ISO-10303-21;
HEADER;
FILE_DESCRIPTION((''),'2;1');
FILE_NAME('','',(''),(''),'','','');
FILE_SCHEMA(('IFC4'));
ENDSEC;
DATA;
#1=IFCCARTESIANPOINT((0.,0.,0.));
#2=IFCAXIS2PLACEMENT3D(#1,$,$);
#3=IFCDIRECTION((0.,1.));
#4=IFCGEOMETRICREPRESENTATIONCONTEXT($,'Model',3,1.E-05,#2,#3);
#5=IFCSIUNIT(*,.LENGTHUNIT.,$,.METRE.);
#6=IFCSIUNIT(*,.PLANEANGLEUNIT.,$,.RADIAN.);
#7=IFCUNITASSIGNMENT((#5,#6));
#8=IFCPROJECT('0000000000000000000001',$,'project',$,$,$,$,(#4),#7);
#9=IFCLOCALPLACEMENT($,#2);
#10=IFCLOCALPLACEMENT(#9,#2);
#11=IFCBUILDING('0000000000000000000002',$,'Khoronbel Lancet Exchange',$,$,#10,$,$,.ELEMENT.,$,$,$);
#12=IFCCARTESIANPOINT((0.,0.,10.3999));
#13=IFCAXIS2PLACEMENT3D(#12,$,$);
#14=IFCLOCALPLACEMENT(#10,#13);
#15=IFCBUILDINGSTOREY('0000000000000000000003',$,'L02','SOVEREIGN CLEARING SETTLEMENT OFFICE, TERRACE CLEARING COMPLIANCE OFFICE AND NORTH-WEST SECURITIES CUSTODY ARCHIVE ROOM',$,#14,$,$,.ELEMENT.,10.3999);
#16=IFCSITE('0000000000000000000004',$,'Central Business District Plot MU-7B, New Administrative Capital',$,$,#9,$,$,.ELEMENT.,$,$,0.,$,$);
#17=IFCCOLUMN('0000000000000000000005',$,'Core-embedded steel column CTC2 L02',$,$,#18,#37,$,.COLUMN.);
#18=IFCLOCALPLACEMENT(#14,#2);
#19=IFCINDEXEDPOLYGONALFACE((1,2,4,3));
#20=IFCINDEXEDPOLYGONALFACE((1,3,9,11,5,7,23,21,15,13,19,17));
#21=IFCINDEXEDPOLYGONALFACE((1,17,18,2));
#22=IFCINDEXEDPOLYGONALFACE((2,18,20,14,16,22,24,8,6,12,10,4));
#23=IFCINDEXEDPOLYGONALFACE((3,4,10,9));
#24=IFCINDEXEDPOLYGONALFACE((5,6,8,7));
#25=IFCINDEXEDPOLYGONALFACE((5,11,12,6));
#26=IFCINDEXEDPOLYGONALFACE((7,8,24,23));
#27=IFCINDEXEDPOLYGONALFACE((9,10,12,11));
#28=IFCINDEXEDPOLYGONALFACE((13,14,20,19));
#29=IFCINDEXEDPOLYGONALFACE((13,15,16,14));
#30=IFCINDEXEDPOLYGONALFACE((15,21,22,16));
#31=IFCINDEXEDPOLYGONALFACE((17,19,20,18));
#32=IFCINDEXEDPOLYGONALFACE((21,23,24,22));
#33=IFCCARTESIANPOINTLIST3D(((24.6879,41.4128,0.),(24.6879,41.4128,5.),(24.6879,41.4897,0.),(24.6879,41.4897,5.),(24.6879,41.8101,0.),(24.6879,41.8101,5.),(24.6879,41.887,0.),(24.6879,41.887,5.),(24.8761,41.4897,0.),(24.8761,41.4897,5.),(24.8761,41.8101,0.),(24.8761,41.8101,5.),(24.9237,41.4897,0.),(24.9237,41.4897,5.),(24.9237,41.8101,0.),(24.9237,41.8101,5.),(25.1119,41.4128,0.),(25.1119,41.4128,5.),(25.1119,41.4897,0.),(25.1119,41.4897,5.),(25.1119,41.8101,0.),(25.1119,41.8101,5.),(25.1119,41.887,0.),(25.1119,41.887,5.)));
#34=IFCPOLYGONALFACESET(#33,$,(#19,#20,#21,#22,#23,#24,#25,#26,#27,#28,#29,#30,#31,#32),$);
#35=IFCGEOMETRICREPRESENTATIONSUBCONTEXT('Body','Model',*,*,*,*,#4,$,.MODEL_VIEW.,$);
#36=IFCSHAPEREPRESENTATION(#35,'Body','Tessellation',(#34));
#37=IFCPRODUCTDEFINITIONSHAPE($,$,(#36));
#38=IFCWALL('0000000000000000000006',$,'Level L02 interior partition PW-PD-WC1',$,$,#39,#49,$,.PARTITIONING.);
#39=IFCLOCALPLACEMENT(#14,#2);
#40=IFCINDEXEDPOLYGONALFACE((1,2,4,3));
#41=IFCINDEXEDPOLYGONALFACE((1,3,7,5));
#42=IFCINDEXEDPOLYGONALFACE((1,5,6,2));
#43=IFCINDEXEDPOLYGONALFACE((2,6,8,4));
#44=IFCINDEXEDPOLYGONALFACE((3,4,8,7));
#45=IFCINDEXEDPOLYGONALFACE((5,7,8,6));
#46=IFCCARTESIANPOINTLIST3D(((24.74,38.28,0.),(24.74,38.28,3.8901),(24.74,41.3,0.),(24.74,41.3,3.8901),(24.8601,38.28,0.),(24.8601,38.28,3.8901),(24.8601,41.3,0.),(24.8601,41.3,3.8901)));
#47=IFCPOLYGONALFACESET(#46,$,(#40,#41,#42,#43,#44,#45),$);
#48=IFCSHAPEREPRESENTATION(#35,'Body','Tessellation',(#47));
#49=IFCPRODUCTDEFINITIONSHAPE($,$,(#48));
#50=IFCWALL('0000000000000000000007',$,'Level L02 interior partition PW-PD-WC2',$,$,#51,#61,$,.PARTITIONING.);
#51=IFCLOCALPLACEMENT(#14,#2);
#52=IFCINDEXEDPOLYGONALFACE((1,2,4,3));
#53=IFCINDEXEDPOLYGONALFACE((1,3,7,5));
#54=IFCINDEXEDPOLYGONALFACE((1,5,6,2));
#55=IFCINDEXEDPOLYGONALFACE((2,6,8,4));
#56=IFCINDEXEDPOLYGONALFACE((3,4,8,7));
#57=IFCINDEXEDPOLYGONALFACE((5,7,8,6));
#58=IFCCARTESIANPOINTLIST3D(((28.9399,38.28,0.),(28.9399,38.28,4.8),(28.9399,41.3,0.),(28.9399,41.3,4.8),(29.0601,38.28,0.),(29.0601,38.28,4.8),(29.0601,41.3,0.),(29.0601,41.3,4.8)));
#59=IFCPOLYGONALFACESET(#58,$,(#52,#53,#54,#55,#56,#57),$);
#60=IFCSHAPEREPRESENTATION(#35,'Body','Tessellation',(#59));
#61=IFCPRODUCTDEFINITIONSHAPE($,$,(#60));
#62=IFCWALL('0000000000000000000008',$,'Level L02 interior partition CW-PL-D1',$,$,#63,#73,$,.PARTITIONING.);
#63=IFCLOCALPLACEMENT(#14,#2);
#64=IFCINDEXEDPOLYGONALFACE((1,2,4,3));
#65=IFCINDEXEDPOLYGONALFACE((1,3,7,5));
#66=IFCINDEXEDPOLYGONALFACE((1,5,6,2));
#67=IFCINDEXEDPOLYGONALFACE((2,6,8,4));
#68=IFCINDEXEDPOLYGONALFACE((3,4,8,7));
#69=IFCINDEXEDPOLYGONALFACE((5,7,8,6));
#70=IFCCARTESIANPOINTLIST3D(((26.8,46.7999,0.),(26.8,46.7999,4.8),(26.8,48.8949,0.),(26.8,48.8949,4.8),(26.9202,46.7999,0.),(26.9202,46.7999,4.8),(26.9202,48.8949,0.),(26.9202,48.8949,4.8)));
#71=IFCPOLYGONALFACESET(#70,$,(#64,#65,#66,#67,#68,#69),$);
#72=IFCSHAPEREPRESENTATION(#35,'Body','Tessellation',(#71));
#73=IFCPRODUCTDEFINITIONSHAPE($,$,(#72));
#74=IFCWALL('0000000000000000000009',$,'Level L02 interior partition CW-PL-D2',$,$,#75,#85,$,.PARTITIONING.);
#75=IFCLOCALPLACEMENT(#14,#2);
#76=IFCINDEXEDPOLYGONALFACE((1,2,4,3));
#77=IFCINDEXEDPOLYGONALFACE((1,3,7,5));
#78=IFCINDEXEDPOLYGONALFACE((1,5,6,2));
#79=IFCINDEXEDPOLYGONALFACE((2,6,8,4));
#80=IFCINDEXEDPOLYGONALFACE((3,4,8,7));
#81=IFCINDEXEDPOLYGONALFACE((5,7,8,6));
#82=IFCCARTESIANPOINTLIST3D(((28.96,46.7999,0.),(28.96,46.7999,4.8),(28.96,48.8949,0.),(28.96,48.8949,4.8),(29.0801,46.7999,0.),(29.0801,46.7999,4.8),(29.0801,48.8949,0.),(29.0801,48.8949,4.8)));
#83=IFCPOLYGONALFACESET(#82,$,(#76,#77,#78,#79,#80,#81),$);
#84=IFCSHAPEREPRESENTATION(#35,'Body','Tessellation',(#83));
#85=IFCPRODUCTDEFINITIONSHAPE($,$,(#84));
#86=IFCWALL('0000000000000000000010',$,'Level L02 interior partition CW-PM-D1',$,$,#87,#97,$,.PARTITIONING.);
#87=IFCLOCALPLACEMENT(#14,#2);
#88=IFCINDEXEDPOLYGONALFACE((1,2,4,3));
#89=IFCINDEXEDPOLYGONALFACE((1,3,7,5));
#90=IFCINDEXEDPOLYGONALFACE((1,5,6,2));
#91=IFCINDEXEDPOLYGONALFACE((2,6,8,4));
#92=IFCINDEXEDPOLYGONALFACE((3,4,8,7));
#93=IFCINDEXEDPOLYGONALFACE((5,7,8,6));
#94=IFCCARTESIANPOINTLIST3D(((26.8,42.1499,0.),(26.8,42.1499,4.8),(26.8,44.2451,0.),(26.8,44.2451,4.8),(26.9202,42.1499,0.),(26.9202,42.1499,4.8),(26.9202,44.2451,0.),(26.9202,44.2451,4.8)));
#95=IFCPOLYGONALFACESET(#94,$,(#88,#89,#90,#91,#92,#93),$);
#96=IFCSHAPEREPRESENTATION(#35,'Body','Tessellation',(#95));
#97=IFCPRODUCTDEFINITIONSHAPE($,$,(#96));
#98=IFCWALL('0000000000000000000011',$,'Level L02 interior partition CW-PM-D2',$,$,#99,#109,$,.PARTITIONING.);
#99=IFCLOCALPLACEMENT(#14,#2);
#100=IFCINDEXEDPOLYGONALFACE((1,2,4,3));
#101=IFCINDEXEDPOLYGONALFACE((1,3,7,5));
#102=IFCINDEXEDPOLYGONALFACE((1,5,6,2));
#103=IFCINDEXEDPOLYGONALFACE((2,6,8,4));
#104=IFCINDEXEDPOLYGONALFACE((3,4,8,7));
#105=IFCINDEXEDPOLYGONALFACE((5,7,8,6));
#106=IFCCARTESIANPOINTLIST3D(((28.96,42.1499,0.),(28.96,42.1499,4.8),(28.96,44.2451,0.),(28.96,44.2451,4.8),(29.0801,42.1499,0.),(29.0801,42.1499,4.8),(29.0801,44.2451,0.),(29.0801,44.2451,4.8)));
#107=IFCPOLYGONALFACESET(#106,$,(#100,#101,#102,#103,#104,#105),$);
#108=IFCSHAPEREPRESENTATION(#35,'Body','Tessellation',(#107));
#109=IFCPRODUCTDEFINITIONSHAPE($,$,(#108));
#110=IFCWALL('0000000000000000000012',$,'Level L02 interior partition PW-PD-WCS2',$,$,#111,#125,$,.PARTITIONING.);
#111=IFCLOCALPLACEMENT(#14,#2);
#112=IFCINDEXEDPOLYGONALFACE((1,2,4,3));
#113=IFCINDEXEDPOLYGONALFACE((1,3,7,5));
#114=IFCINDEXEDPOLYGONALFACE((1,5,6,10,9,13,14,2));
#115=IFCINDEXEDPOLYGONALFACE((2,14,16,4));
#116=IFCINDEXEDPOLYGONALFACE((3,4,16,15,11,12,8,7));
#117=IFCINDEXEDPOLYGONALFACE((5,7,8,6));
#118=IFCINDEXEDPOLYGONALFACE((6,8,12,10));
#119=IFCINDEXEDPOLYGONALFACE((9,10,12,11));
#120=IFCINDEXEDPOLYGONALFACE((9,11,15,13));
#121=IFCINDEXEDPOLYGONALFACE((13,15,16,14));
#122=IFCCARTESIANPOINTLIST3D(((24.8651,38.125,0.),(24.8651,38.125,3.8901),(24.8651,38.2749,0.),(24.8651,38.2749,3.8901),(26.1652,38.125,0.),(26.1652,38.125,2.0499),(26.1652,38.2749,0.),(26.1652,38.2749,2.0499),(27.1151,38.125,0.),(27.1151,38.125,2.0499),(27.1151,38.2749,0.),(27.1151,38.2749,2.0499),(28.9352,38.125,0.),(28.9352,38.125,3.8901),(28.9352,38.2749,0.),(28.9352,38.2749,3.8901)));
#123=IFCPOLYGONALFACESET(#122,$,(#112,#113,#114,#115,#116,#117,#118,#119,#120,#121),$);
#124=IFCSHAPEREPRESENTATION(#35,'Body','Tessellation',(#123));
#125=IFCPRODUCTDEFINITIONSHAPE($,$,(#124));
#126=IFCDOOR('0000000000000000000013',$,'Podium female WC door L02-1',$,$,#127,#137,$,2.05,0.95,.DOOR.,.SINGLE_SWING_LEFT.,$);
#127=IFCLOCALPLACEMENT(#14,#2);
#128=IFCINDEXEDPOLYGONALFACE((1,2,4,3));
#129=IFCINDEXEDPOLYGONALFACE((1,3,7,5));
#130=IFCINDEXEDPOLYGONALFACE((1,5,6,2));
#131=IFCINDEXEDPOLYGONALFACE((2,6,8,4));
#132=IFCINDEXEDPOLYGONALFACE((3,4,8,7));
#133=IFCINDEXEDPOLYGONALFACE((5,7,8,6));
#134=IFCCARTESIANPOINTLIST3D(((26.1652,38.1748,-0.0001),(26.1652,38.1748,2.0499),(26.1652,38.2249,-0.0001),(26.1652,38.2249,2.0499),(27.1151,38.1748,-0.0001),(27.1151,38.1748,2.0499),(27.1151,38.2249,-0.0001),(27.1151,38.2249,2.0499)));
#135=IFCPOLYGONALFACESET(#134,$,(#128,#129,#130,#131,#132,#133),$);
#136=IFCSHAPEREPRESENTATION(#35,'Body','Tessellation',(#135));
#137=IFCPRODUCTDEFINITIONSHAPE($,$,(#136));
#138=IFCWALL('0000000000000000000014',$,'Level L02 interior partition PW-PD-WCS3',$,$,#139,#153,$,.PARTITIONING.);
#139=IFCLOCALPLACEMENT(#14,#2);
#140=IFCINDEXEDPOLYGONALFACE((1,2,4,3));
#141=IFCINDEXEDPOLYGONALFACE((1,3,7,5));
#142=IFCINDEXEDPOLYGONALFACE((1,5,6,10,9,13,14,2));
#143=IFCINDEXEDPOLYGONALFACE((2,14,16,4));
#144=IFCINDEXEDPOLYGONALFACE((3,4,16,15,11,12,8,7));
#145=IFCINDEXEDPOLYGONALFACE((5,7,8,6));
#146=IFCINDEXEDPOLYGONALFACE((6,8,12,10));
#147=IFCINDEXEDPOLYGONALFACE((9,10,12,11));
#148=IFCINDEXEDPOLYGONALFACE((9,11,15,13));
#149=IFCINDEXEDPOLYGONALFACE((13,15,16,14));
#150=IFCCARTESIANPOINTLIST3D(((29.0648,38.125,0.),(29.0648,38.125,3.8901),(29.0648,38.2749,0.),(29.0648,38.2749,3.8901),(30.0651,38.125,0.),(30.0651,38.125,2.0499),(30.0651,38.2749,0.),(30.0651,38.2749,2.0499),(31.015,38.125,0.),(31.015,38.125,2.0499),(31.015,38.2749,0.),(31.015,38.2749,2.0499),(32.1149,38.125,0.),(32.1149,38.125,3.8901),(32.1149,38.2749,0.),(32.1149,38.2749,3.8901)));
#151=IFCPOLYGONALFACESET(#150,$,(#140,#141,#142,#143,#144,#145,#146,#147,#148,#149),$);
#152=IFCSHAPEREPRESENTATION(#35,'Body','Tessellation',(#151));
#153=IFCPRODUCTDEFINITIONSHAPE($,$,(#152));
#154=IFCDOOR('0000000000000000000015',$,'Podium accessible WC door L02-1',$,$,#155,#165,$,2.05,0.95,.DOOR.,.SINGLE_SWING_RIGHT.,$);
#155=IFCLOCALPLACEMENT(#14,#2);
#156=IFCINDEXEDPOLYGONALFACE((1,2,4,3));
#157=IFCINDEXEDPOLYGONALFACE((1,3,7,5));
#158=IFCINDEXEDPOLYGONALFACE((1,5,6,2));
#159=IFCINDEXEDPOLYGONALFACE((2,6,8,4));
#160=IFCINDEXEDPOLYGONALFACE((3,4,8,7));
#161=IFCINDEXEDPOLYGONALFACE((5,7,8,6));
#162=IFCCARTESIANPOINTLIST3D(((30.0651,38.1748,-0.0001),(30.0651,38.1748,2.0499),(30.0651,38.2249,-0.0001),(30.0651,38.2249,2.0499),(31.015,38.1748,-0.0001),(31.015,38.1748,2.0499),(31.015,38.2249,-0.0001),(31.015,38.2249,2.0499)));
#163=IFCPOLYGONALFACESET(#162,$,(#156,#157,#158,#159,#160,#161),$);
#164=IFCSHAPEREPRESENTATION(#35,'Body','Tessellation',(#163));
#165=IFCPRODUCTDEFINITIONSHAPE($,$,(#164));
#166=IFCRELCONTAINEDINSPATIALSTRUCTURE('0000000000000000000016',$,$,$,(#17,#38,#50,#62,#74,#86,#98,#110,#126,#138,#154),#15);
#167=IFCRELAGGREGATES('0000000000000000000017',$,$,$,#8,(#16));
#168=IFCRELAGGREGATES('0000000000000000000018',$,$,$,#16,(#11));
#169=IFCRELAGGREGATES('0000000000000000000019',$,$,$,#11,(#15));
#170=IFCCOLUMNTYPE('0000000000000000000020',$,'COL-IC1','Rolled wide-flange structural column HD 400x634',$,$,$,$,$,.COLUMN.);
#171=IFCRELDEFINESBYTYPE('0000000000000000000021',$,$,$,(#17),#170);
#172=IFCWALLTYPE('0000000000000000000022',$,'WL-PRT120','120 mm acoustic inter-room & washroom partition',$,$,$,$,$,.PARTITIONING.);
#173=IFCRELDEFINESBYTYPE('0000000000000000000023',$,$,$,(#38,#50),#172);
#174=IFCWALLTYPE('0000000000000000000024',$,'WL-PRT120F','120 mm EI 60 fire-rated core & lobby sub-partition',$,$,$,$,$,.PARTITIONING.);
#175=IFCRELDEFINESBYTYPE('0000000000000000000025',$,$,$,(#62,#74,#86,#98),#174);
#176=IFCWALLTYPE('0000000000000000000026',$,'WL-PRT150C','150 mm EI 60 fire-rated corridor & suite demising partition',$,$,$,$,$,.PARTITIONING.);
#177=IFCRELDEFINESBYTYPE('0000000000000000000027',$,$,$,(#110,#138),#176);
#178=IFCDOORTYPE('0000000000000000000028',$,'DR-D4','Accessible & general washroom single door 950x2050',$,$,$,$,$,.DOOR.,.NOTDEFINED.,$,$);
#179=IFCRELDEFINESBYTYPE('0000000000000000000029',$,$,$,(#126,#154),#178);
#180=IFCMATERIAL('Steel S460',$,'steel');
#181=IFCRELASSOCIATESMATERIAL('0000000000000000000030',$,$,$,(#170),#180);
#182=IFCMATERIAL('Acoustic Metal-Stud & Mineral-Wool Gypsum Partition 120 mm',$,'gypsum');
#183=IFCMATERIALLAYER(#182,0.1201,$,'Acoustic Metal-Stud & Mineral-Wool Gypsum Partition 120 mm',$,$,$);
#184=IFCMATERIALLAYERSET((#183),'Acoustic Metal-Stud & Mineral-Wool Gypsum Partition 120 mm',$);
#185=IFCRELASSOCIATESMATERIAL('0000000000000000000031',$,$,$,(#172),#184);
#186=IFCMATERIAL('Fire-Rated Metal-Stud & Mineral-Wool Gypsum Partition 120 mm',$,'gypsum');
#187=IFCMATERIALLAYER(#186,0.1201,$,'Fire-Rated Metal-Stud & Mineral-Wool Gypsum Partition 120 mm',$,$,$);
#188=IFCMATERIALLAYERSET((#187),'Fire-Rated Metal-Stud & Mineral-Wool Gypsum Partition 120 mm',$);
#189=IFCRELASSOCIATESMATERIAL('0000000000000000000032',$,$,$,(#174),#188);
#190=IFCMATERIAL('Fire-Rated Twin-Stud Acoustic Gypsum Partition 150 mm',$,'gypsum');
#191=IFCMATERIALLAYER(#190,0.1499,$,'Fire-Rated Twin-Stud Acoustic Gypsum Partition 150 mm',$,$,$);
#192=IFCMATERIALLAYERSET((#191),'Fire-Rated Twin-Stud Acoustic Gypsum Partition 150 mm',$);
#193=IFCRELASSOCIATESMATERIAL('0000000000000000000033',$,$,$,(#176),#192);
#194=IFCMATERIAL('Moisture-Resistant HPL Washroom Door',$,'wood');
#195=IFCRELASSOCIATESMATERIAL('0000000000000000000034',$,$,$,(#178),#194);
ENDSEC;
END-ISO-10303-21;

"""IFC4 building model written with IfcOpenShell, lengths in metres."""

from ifc_helpers import new_model, si_unit, direction, frame, frame_2d, origin, origin_2d, place, context, subcontext, project, spatial, rectangle, i_section, extrude, material, layer, layer_set, material_profile, profile_set, type_object, element, fill, save


model = new_model("IFC4")

# Units and contexts
model_context = context("Model", 3, precision=1e-05, world=origin(), true_north=direction((0.0, 1.0)))
body_context = subcontext(model_context, "Body", "Model", "MODEL_VIEW")
ifc_project = project(units=[si_unit("LENGTHUNIT", "METRE"), si_unit("PLANEANGLEUNIT", "RADIAN")], contexts=[model_context])

# Site, building, storey
site_placement = place(None, origin())
site = spatial("IfcSite", under=ifc_project, at=site_placement, Name="Central Business District Plot MU-7B, New Administrative Capital", CompositionType="ELEMENT", RefElevation=0.0)
building_placement = place(site_placement, origin())
building = spatial("IfcBuilding", under=site, at=building_placement, Name="Khoronbel Lancet Exchange", CompositionType="ELEMENT")
storey_placement = place(building_placement, frame((0.0, 0.0, 10.3999)))
storey = spatial("IfcBuildingStorey", under=building, at=storey_placement, Name="L02", Description="SOVEREIGN CLEARING SETTLEMENT OFFICE, TERRACE CLEARING COMPLIANCE OFFICE AND NORTH-WEST SECURITIES CUSTODY ARCHIVE ROOM", CompositionType="ELEMENT", Elevation=10.3999)

# Column
ifc_material_1 = material(Name="Steel S460", Category="steel")
ifc_material_profile = material_profile(ifc_material_1, i_section(OverallWidth=0.4241, OverallDepth=0.4741, WebThickness=0.0476, FlangeThickness=0.0769, at=origin_2d()), Name="HD 400x634")
ifc_profile_set = profile_set([ifc_material_profile], Name="Steel S460")
column_type = type_object("IfcColumnType", Name="COL-IC1", Description="Rolled wide-flange structural column HD 400x634", PredefinedType="COLUMN", material=ifc_profile_set)
column_placement = place(storey_placement, frame((24.8999, 41.6499, 0.0), z_axis=(0.0, 0.0, 1.0), x_axis=(1.0, 0.0, 0.0)))
element("IfcColumn", 1, at=column_placement, inside=storey, type_object=column_type, Name="Core-embedded steel column CTC2 L02", PredefinedType="COLUMN", context=body_context, shape_type="SweptSolid", body=[
    extrude(i_section(OverallWidth=0.4241, OverallDepth=0.4741, WebThickness=0.0476, FlangeThickness=0.0769, at=origin_2d()), origin(), (0.0, 0.0, 1.0), 5.0),
])

# Walls
ifc_material_2 = material(Name="Acoustic Metal-Stud & Mineral-Wool Gypsum Partition 120 mm", Category="gypsum")
ifc_layer_1 = layer(ifc_material_2, 0.1201, Name="Acoustic Metal-Stud & Mineral-Wool Gypsum Partition 120 mm")
ifc_layer_set_1 = layer_set([ifc_layer_1], Name="Acoustic Metal-Stud & Mineral-Wool Gypsum Partition 120 mm")
wall_type_1 = type_object("IfcWallType", Name="WL-PRT120", Description="120 mm acoustic inter-room & washroom partition", PredefinedType="PARTITIONING", material=ifc_layer_set_1)
wall_1_placement = place(storey_placement, frame((24.8, 38.28, 0.0), z_axis=(0.0, 0.0, 1.0), x_axis=(0.0, 1.0, 0.0)))
element("IfcWall", 2, at=wall_1_placement, inside=storey, type_object=wall_type_1, Name="Level L02 interior partition PW-PD-WC1", PredefinedType="PARTITIONING", context=body_context, shape_type="SweptSolid", body=[
    extrude(rectangle(XDim=3.02, YDim=0.1201, at=frame_2d((1.51, 0.0))), origin(), (0.0, 0.0, 1.0), 3.8901),
])
wall_2_placement = place(storey_placement, frame((29.0, 38.28, 0.0), z_axis=(0.0, 0.0, 1.0), x_axis=(0.0, 1.0, 0.0)))
element("IfcWall", 3, at=wall_2_placement, inside=storey, type_object=wall_type_1, Name="Level L02 interior partition PW-PD-WC2", PredefinedType="PARTITIONING", context=body_context, shape_type="SweptSolid", body=[
    extrude(rectangle(XDim=3.02, YDim=0.1201, at=frame_2d((1.51, 0.0))), origin(), (0.0, 0.0, 1.0), 4.8),
])
ifc_material_3 = material(Name="Fire-Rated Metal-Stud & Mineral-Wool Gypsum Partition 120 mm", Category="gypsum")
ifc_layer_2 = layer(ifc_material_3, 0.1201, Name="Fire-Rated Metal-Stud & Mineral-Wool Gypsum Partition 120 mm")
ifc_layer_set_2 = layer_set([ifc_layer_2], Name="Fire-Rated Metal-Stud & Mineral-Wool Gypsum Partition 120 mm")
wall_type_2 = type_object("IfcWallType", Name="WL-PRT120F", Description="120 mm EI 60 fire-rated core & lobby sub-partition", PredefinedType="PARTITIONING", material=ifc_layer_set_2)
for number, where, z_axis, x_axis, name in (
    (4, (26.8601, 46.8, 0.0), (0.0, 0.0, 1.0), (0.0, 1.0, 0.0), "Level L02 interior partition CW-PL-D1"),
    (5, (29.02, 46.8, 0.0), (0.0, 0.0, 1.0), (0.0, 1.0, 0.0), "Level L02 interior partition CW-PL-D2"),
):
    element("IfcWall", number, at=place(storey_placement, frame(where, z_axis=z_axis, x_axis=x_axis)), inside=storey, type_object=wall_type_2, Name=name, PredefinedType="PARTITIONING", context=body_context, shape_type="SweptSolid", body=[
        extrude(rectangle(XDim=2.095, YDim=0.1201, at=frame_2d((1.0474, 0.0))), origin(), (0.0, 0.0, 1.0), 4.8),
    ])
for number, where, z_axis, x_axis, name in (
    (6, (26.8601, 42.1499, 0.0), (0.0, 0.0, 1.0), (0.0, 1.0, 0.0), "Level L02 interior partition CW-PM-D1"),
    (7, (29.02, 42.1499, 0.0), (0.0, 0.0, 1.0), (0.0, 1.0, 0.0), "Level L02 interior partition CW-PM-D2"),
):
    element("IfcWall", number, at=place(storey_placement, frame(where, z_axis=z_axis, x_axis=x_axis)), inside=storey, type_object=wall_type_2, Name=name, PredefinedType="PARTITIONING", context=body_context, shape_type="SweptSolid", body=[
        extrude(rectangle(XDim=2.0952, YDim=0.1201, at=frame_2d((1.0476, 0.0))), origin(), (0.0, 0.0, 1.0), 4.8),
    ])

# Walls, openings, doors
ifc_material_4 = material(Name="Fire-Rated Twin-Stud Acoustic Gypsum Partition 150 mm", Category="gypsum")
ifc_layer_3 = layer(ifc_material_4, 0.1499, Name="Fire-Rated Twin-Stud Acoustic Gypsum Partition 150 mm")
ifc_layer_set_3 = layer_set([ifc_layer_3], Name="Fire-Rated Twin-Stud Acoustic Gypsum Partition 150 mm")
wall_type_3 = type_object("IfcWallType", Name="WL-PRT150C", Description="150 mm EI 60 fire-rated corridor & suite demising partition", PredefinedType="PARTITIONING", material=ifc_layer_set_3)
wall_3_placement = place(storey_placement, frame((24.865, 38.2, 0.0), z_axis=(0.0, 0.0, 1.0), x_axis=(1.0, 0.0, 0.0)))
wall_3 = element("IfcWall", 8, at=wall_3_placement, inside=storey, type_object=wall_type_3, Name="Level L02 interior partition PW-PD-WCS2", PredefinedType="PARTITIONING", context=body_context, shape_type="SweptSolid", body=[
    extrude(rectangle(XDim=4.0701, YDim=0.1499, at=frame_2d((2.0352, 0.0))), origin(), (0.0, 0.0, 1.0), 3.8901),
])
opening_1_placement = place(wall_3_placement, frame((1.3, 0.0, 0.0)))
opening_1 = element("IfcOpeningElement", 9, at=opening_1_placement, cuts=wall_3, PredefinedType="OPENING", context=body_context, shape_type="SweptSolid", body=[
    extrude(rectangle(XDim=0.95, YDim=2.05, at=frame_2d((0.4751, 1.0249))), frame((0.0, 0.085, 0.0), z_axis=(0.0, -1.0, 0.0), x_axis=(1.0, 0.0, 0.0)), (0.0, 0.0, 1.0), 0.1699),
])
ifc_material_5 = material(Name="Moisture-Resistant HPL Washroom Door", Category="wood")
door_type_1 = type_object("IfcDoorType", Name="DR-D4", Description="Accessible & general washroom single door 950x2050", OperationType="NOTDEFINED", PredefinedType="DOOR", material=ifc_material_5)
door_1_placement = place(opening_1_placement, origin())
door_1 = element("IfcDoor", 10, at=door_1_placement, inside=storey, type_object=door_type_1, Name="Podium female WC door L02-1", OperationType="SINGLE_SWING_LEFT", OverallHeight=2.05, OverallWidth=0.95, PredefinedType="DOOR", context=body_context, shape_type="SweptSolid", body=[
    extrude(rectangle(XDim=0.95, YDim=2.05, at=frame_2d((0.4751, 1.0249))), frame((0.0, 0.0249, 0.0), z_axis=(0.0, -1.0, 0.0), x_axis=(1.0, 0.0, 0.0)), (0.0, 0.0, 1.0), 0.05),
])
fill(opening_1, door_1)
wall_4_placement = place(storey_placement, frame((29.0649, 38.2, 0.0), z_axis=(0.0, 0.0, 1.0), x_axis=(1.0, 0.0, 0.0)))
wall_4 = element("IfcWall", 11, at=wall_4_placement, inside=storey, type_object=wall_type_3, Name="Level L02 interior partition PW-PD-WCS3", PredefinedType="PARTITIONING", context=body_context, shape_type="SweptSolid", body=[
    extrude(rectangle(XDim=3.05, YDim=0.1499, at=frame_2d((1.5249, 0.0))), origin(), (0.0, 0.0, 1.0), 3.8901),
])
opening_2_placement = place(wall_4_placement, frame((1.0, 0.0, 0.0)))
opening_2 = element("IfcOpeningElement", 12, at=opening_2_placement, cuts=wall_4, PredefinedType="OPENING", context=body_context, shape_type="SweptSolid", body=[
    extrude(rectangle(XDim=0.95, YDim=2.05, at=frame_2d((0.4751, 1.0249))), frame((0.0, 0.085, 0.0), z_axis=(0.0, -1.0, 0.0), x_axis=(1.0, 0.0, 0.0)), (0.0, 0.0, 1.0), 0.1699),
])
door_2_placement = place(opening_2_placement, origin())
door_2 = element("IfcDoor", 13, at=door_2_placement, inside=storey, type_object=door_type_1, Name="Podium accessible WC door L02-1", OperationType="SINGLE_SWING_RIGHT", OverallHeight=2.05, OverallWidth=0.95, PredefinedType="DOOR", context=body_context, shape_type="SweptSolid", body=[
    extrude(rectangle(XDim=0.95, YDim=2.05, at=frame_2d((0.4751, 1.0249))), frame((0.0, 0.0249, 0.0), z_axis=(0.0, -1.0, 0.0), x_axis=(1.0, 0.0, 0.0)), (0.0, 0.0, 1.0), 0.05),
])
fill(opening_2, door_2)

save(model, "model.ifc")
